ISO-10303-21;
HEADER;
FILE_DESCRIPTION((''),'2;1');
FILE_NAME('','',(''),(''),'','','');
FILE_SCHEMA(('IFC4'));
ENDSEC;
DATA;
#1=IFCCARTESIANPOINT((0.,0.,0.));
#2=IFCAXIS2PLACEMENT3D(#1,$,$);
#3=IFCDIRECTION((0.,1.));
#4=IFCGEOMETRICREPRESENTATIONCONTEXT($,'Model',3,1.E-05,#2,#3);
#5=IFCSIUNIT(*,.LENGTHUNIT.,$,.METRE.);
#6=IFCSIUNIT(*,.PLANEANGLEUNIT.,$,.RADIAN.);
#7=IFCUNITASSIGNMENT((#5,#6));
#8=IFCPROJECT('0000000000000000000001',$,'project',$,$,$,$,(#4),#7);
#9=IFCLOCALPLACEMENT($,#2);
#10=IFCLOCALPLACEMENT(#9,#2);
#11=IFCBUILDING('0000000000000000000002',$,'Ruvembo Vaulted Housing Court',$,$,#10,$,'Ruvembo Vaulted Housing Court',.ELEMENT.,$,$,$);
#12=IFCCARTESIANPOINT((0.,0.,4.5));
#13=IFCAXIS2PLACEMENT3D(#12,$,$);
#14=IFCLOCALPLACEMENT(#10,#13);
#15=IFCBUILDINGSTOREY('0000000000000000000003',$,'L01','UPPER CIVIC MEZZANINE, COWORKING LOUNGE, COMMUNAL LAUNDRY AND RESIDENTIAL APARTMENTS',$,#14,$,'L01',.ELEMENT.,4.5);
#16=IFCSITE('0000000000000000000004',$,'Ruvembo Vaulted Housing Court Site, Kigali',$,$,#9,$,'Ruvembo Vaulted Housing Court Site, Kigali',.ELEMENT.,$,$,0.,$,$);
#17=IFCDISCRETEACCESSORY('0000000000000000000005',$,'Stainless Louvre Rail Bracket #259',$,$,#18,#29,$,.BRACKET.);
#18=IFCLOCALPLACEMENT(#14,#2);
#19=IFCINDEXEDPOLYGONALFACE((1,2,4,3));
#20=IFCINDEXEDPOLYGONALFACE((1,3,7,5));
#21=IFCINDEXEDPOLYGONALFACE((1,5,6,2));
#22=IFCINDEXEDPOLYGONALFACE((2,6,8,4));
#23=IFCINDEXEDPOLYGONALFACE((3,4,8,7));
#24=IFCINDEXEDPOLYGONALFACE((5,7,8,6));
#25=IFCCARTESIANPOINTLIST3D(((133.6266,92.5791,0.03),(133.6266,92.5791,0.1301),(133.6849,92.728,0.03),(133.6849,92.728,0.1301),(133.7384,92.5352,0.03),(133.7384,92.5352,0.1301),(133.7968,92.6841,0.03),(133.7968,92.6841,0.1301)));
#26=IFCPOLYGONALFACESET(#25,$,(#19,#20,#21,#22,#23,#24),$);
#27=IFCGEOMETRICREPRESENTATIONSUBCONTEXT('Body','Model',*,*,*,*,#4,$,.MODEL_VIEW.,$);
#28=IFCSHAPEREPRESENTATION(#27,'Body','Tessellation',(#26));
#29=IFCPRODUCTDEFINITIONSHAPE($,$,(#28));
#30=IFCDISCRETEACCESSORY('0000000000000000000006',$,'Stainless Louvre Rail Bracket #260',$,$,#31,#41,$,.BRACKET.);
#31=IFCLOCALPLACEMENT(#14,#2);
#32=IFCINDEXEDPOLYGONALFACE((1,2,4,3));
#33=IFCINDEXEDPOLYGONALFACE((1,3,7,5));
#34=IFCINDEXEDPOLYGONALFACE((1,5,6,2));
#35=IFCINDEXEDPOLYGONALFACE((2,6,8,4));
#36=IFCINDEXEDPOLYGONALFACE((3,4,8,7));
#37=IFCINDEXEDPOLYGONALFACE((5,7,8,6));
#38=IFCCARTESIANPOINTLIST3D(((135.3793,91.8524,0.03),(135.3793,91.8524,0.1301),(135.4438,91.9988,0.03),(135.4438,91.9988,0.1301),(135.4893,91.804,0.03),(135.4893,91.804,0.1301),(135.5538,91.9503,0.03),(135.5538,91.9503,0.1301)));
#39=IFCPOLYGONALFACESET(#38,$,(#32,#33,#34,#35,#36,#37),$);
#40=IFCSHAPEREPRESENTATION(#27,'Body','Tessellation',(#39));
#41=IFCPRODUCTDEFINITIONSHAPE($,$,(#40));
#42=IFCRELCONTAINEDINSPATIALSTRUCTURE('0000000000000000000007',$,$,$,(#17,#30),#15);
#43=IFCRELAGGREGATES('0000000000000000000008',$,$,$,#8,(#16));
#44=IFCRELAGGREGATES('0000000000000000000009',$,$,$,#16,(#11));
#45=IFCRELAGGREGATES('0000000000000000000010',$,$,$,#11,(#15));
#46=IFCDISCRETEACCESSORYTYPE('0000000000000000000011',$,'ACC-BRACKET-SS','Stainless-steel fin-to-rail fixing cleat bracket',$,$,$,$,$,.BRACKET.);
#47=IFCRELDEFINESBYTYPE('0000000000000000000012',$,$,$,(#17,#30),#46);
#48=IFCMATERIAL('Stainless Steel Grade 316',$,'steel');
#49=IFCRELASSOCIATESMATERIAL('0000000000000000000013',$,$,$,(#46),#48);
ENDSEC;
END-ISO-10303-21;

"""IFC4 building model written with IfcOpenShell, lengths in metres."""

from ifc_helpers import new_model, si_unit, direction, frame, origin, origin_2d, place, context, subcontext, project, spatial, rectangle, extrude, material, type_object, element, save


model = new_model("IFC4")

# Units and contexts
model_context = context("Model", 3, precision=1e-05, world=origin(), true_north=direction((0.0, 1.0)))
body_context = subcontext(model_context, "Body", "Model", "MODEL_VIEW")
ifc_project = project(units=[si_unit("LENGTHUNIT", "METRE"), si_unit("PLANEANGLEUNIT", "RADIAN")], contexts=[model_context])

# Site, building, storey
site_placement = place(None, origin())
site = spatial("IfcSite", under=ifc_project, at=site_placement, Name="Ruvembo Vaulted Housing Court Site, Kigali", LongName="Ruvembo Vaulted Housing Court Site, Kigali", CompositionType="ELEMENT", RefElevation=0.0)
building_placement = place(site_placement, origin())
building = spatial("IfcBuilding", under=site, at=building_placement, Name="Ruvembo Vaulted Housing Court", LongName="Ruvembo Vaulted Housing Court", CompositionType="ELEMENT")
storey_placement = place(building_placement, frame((0.0, 0.0, 4.5)))
storey = spatial("IfcBuildingStorey", under=building, at=storey_placement, Name="L01", Description="UPPER CIVIC MEZZANINE, COWORKING LOUNGE, COMMUNAL LAUNDRY AND RESIDENTIAL APARTMENTS", LongName="L01", CompositionType="ELEMENT", Elevation=4.5)

# Discrete accessories
ifc_material_1 = material(Name="Stainless Steel Grade 316", Category="steel")
discrete_accessory_type = type_object("IfcDiscreteAccessoryType", Name="ACC-BRACKET-SS", Description="Stainless-steel fin-to-rail fixing cleat bracket", PredefinedType="BRACKET", material=ifc_material_1)
for number, where, z_axis, x_axis, name in (
    (1, (133.7117, 92.6316, 0.03), (0.0, 0.0, 1.0), (-0.364958, -0.931024, 0.0), "Stainless Louvre Rail Bracket #259"),
    (2, (135.4666, 91.9014, 0.03), (0.0, 0.0, 1.0), (-0.403306, -0.915065, 0.0), "Stainless Louvre Rail Bracket #260"),
):
    element("IfcDiscreteAccessory", number, at=place(storey_placement, frame(where, z_axis=z_axis, x_axis=x_axis)), inside=storey, type_object=discrete_accessory_type, Name=name, PredefinedType="BRACKET", context=body_context, shape_type="SweptSolid", body=[
        extrude(rectangle(XDim=0.1599, YDim=0.1201, at=origin_2d()), origin(), (0.0, 0.0, 1.0), 0.1001),
    ])

save(model, "model.ifc")
